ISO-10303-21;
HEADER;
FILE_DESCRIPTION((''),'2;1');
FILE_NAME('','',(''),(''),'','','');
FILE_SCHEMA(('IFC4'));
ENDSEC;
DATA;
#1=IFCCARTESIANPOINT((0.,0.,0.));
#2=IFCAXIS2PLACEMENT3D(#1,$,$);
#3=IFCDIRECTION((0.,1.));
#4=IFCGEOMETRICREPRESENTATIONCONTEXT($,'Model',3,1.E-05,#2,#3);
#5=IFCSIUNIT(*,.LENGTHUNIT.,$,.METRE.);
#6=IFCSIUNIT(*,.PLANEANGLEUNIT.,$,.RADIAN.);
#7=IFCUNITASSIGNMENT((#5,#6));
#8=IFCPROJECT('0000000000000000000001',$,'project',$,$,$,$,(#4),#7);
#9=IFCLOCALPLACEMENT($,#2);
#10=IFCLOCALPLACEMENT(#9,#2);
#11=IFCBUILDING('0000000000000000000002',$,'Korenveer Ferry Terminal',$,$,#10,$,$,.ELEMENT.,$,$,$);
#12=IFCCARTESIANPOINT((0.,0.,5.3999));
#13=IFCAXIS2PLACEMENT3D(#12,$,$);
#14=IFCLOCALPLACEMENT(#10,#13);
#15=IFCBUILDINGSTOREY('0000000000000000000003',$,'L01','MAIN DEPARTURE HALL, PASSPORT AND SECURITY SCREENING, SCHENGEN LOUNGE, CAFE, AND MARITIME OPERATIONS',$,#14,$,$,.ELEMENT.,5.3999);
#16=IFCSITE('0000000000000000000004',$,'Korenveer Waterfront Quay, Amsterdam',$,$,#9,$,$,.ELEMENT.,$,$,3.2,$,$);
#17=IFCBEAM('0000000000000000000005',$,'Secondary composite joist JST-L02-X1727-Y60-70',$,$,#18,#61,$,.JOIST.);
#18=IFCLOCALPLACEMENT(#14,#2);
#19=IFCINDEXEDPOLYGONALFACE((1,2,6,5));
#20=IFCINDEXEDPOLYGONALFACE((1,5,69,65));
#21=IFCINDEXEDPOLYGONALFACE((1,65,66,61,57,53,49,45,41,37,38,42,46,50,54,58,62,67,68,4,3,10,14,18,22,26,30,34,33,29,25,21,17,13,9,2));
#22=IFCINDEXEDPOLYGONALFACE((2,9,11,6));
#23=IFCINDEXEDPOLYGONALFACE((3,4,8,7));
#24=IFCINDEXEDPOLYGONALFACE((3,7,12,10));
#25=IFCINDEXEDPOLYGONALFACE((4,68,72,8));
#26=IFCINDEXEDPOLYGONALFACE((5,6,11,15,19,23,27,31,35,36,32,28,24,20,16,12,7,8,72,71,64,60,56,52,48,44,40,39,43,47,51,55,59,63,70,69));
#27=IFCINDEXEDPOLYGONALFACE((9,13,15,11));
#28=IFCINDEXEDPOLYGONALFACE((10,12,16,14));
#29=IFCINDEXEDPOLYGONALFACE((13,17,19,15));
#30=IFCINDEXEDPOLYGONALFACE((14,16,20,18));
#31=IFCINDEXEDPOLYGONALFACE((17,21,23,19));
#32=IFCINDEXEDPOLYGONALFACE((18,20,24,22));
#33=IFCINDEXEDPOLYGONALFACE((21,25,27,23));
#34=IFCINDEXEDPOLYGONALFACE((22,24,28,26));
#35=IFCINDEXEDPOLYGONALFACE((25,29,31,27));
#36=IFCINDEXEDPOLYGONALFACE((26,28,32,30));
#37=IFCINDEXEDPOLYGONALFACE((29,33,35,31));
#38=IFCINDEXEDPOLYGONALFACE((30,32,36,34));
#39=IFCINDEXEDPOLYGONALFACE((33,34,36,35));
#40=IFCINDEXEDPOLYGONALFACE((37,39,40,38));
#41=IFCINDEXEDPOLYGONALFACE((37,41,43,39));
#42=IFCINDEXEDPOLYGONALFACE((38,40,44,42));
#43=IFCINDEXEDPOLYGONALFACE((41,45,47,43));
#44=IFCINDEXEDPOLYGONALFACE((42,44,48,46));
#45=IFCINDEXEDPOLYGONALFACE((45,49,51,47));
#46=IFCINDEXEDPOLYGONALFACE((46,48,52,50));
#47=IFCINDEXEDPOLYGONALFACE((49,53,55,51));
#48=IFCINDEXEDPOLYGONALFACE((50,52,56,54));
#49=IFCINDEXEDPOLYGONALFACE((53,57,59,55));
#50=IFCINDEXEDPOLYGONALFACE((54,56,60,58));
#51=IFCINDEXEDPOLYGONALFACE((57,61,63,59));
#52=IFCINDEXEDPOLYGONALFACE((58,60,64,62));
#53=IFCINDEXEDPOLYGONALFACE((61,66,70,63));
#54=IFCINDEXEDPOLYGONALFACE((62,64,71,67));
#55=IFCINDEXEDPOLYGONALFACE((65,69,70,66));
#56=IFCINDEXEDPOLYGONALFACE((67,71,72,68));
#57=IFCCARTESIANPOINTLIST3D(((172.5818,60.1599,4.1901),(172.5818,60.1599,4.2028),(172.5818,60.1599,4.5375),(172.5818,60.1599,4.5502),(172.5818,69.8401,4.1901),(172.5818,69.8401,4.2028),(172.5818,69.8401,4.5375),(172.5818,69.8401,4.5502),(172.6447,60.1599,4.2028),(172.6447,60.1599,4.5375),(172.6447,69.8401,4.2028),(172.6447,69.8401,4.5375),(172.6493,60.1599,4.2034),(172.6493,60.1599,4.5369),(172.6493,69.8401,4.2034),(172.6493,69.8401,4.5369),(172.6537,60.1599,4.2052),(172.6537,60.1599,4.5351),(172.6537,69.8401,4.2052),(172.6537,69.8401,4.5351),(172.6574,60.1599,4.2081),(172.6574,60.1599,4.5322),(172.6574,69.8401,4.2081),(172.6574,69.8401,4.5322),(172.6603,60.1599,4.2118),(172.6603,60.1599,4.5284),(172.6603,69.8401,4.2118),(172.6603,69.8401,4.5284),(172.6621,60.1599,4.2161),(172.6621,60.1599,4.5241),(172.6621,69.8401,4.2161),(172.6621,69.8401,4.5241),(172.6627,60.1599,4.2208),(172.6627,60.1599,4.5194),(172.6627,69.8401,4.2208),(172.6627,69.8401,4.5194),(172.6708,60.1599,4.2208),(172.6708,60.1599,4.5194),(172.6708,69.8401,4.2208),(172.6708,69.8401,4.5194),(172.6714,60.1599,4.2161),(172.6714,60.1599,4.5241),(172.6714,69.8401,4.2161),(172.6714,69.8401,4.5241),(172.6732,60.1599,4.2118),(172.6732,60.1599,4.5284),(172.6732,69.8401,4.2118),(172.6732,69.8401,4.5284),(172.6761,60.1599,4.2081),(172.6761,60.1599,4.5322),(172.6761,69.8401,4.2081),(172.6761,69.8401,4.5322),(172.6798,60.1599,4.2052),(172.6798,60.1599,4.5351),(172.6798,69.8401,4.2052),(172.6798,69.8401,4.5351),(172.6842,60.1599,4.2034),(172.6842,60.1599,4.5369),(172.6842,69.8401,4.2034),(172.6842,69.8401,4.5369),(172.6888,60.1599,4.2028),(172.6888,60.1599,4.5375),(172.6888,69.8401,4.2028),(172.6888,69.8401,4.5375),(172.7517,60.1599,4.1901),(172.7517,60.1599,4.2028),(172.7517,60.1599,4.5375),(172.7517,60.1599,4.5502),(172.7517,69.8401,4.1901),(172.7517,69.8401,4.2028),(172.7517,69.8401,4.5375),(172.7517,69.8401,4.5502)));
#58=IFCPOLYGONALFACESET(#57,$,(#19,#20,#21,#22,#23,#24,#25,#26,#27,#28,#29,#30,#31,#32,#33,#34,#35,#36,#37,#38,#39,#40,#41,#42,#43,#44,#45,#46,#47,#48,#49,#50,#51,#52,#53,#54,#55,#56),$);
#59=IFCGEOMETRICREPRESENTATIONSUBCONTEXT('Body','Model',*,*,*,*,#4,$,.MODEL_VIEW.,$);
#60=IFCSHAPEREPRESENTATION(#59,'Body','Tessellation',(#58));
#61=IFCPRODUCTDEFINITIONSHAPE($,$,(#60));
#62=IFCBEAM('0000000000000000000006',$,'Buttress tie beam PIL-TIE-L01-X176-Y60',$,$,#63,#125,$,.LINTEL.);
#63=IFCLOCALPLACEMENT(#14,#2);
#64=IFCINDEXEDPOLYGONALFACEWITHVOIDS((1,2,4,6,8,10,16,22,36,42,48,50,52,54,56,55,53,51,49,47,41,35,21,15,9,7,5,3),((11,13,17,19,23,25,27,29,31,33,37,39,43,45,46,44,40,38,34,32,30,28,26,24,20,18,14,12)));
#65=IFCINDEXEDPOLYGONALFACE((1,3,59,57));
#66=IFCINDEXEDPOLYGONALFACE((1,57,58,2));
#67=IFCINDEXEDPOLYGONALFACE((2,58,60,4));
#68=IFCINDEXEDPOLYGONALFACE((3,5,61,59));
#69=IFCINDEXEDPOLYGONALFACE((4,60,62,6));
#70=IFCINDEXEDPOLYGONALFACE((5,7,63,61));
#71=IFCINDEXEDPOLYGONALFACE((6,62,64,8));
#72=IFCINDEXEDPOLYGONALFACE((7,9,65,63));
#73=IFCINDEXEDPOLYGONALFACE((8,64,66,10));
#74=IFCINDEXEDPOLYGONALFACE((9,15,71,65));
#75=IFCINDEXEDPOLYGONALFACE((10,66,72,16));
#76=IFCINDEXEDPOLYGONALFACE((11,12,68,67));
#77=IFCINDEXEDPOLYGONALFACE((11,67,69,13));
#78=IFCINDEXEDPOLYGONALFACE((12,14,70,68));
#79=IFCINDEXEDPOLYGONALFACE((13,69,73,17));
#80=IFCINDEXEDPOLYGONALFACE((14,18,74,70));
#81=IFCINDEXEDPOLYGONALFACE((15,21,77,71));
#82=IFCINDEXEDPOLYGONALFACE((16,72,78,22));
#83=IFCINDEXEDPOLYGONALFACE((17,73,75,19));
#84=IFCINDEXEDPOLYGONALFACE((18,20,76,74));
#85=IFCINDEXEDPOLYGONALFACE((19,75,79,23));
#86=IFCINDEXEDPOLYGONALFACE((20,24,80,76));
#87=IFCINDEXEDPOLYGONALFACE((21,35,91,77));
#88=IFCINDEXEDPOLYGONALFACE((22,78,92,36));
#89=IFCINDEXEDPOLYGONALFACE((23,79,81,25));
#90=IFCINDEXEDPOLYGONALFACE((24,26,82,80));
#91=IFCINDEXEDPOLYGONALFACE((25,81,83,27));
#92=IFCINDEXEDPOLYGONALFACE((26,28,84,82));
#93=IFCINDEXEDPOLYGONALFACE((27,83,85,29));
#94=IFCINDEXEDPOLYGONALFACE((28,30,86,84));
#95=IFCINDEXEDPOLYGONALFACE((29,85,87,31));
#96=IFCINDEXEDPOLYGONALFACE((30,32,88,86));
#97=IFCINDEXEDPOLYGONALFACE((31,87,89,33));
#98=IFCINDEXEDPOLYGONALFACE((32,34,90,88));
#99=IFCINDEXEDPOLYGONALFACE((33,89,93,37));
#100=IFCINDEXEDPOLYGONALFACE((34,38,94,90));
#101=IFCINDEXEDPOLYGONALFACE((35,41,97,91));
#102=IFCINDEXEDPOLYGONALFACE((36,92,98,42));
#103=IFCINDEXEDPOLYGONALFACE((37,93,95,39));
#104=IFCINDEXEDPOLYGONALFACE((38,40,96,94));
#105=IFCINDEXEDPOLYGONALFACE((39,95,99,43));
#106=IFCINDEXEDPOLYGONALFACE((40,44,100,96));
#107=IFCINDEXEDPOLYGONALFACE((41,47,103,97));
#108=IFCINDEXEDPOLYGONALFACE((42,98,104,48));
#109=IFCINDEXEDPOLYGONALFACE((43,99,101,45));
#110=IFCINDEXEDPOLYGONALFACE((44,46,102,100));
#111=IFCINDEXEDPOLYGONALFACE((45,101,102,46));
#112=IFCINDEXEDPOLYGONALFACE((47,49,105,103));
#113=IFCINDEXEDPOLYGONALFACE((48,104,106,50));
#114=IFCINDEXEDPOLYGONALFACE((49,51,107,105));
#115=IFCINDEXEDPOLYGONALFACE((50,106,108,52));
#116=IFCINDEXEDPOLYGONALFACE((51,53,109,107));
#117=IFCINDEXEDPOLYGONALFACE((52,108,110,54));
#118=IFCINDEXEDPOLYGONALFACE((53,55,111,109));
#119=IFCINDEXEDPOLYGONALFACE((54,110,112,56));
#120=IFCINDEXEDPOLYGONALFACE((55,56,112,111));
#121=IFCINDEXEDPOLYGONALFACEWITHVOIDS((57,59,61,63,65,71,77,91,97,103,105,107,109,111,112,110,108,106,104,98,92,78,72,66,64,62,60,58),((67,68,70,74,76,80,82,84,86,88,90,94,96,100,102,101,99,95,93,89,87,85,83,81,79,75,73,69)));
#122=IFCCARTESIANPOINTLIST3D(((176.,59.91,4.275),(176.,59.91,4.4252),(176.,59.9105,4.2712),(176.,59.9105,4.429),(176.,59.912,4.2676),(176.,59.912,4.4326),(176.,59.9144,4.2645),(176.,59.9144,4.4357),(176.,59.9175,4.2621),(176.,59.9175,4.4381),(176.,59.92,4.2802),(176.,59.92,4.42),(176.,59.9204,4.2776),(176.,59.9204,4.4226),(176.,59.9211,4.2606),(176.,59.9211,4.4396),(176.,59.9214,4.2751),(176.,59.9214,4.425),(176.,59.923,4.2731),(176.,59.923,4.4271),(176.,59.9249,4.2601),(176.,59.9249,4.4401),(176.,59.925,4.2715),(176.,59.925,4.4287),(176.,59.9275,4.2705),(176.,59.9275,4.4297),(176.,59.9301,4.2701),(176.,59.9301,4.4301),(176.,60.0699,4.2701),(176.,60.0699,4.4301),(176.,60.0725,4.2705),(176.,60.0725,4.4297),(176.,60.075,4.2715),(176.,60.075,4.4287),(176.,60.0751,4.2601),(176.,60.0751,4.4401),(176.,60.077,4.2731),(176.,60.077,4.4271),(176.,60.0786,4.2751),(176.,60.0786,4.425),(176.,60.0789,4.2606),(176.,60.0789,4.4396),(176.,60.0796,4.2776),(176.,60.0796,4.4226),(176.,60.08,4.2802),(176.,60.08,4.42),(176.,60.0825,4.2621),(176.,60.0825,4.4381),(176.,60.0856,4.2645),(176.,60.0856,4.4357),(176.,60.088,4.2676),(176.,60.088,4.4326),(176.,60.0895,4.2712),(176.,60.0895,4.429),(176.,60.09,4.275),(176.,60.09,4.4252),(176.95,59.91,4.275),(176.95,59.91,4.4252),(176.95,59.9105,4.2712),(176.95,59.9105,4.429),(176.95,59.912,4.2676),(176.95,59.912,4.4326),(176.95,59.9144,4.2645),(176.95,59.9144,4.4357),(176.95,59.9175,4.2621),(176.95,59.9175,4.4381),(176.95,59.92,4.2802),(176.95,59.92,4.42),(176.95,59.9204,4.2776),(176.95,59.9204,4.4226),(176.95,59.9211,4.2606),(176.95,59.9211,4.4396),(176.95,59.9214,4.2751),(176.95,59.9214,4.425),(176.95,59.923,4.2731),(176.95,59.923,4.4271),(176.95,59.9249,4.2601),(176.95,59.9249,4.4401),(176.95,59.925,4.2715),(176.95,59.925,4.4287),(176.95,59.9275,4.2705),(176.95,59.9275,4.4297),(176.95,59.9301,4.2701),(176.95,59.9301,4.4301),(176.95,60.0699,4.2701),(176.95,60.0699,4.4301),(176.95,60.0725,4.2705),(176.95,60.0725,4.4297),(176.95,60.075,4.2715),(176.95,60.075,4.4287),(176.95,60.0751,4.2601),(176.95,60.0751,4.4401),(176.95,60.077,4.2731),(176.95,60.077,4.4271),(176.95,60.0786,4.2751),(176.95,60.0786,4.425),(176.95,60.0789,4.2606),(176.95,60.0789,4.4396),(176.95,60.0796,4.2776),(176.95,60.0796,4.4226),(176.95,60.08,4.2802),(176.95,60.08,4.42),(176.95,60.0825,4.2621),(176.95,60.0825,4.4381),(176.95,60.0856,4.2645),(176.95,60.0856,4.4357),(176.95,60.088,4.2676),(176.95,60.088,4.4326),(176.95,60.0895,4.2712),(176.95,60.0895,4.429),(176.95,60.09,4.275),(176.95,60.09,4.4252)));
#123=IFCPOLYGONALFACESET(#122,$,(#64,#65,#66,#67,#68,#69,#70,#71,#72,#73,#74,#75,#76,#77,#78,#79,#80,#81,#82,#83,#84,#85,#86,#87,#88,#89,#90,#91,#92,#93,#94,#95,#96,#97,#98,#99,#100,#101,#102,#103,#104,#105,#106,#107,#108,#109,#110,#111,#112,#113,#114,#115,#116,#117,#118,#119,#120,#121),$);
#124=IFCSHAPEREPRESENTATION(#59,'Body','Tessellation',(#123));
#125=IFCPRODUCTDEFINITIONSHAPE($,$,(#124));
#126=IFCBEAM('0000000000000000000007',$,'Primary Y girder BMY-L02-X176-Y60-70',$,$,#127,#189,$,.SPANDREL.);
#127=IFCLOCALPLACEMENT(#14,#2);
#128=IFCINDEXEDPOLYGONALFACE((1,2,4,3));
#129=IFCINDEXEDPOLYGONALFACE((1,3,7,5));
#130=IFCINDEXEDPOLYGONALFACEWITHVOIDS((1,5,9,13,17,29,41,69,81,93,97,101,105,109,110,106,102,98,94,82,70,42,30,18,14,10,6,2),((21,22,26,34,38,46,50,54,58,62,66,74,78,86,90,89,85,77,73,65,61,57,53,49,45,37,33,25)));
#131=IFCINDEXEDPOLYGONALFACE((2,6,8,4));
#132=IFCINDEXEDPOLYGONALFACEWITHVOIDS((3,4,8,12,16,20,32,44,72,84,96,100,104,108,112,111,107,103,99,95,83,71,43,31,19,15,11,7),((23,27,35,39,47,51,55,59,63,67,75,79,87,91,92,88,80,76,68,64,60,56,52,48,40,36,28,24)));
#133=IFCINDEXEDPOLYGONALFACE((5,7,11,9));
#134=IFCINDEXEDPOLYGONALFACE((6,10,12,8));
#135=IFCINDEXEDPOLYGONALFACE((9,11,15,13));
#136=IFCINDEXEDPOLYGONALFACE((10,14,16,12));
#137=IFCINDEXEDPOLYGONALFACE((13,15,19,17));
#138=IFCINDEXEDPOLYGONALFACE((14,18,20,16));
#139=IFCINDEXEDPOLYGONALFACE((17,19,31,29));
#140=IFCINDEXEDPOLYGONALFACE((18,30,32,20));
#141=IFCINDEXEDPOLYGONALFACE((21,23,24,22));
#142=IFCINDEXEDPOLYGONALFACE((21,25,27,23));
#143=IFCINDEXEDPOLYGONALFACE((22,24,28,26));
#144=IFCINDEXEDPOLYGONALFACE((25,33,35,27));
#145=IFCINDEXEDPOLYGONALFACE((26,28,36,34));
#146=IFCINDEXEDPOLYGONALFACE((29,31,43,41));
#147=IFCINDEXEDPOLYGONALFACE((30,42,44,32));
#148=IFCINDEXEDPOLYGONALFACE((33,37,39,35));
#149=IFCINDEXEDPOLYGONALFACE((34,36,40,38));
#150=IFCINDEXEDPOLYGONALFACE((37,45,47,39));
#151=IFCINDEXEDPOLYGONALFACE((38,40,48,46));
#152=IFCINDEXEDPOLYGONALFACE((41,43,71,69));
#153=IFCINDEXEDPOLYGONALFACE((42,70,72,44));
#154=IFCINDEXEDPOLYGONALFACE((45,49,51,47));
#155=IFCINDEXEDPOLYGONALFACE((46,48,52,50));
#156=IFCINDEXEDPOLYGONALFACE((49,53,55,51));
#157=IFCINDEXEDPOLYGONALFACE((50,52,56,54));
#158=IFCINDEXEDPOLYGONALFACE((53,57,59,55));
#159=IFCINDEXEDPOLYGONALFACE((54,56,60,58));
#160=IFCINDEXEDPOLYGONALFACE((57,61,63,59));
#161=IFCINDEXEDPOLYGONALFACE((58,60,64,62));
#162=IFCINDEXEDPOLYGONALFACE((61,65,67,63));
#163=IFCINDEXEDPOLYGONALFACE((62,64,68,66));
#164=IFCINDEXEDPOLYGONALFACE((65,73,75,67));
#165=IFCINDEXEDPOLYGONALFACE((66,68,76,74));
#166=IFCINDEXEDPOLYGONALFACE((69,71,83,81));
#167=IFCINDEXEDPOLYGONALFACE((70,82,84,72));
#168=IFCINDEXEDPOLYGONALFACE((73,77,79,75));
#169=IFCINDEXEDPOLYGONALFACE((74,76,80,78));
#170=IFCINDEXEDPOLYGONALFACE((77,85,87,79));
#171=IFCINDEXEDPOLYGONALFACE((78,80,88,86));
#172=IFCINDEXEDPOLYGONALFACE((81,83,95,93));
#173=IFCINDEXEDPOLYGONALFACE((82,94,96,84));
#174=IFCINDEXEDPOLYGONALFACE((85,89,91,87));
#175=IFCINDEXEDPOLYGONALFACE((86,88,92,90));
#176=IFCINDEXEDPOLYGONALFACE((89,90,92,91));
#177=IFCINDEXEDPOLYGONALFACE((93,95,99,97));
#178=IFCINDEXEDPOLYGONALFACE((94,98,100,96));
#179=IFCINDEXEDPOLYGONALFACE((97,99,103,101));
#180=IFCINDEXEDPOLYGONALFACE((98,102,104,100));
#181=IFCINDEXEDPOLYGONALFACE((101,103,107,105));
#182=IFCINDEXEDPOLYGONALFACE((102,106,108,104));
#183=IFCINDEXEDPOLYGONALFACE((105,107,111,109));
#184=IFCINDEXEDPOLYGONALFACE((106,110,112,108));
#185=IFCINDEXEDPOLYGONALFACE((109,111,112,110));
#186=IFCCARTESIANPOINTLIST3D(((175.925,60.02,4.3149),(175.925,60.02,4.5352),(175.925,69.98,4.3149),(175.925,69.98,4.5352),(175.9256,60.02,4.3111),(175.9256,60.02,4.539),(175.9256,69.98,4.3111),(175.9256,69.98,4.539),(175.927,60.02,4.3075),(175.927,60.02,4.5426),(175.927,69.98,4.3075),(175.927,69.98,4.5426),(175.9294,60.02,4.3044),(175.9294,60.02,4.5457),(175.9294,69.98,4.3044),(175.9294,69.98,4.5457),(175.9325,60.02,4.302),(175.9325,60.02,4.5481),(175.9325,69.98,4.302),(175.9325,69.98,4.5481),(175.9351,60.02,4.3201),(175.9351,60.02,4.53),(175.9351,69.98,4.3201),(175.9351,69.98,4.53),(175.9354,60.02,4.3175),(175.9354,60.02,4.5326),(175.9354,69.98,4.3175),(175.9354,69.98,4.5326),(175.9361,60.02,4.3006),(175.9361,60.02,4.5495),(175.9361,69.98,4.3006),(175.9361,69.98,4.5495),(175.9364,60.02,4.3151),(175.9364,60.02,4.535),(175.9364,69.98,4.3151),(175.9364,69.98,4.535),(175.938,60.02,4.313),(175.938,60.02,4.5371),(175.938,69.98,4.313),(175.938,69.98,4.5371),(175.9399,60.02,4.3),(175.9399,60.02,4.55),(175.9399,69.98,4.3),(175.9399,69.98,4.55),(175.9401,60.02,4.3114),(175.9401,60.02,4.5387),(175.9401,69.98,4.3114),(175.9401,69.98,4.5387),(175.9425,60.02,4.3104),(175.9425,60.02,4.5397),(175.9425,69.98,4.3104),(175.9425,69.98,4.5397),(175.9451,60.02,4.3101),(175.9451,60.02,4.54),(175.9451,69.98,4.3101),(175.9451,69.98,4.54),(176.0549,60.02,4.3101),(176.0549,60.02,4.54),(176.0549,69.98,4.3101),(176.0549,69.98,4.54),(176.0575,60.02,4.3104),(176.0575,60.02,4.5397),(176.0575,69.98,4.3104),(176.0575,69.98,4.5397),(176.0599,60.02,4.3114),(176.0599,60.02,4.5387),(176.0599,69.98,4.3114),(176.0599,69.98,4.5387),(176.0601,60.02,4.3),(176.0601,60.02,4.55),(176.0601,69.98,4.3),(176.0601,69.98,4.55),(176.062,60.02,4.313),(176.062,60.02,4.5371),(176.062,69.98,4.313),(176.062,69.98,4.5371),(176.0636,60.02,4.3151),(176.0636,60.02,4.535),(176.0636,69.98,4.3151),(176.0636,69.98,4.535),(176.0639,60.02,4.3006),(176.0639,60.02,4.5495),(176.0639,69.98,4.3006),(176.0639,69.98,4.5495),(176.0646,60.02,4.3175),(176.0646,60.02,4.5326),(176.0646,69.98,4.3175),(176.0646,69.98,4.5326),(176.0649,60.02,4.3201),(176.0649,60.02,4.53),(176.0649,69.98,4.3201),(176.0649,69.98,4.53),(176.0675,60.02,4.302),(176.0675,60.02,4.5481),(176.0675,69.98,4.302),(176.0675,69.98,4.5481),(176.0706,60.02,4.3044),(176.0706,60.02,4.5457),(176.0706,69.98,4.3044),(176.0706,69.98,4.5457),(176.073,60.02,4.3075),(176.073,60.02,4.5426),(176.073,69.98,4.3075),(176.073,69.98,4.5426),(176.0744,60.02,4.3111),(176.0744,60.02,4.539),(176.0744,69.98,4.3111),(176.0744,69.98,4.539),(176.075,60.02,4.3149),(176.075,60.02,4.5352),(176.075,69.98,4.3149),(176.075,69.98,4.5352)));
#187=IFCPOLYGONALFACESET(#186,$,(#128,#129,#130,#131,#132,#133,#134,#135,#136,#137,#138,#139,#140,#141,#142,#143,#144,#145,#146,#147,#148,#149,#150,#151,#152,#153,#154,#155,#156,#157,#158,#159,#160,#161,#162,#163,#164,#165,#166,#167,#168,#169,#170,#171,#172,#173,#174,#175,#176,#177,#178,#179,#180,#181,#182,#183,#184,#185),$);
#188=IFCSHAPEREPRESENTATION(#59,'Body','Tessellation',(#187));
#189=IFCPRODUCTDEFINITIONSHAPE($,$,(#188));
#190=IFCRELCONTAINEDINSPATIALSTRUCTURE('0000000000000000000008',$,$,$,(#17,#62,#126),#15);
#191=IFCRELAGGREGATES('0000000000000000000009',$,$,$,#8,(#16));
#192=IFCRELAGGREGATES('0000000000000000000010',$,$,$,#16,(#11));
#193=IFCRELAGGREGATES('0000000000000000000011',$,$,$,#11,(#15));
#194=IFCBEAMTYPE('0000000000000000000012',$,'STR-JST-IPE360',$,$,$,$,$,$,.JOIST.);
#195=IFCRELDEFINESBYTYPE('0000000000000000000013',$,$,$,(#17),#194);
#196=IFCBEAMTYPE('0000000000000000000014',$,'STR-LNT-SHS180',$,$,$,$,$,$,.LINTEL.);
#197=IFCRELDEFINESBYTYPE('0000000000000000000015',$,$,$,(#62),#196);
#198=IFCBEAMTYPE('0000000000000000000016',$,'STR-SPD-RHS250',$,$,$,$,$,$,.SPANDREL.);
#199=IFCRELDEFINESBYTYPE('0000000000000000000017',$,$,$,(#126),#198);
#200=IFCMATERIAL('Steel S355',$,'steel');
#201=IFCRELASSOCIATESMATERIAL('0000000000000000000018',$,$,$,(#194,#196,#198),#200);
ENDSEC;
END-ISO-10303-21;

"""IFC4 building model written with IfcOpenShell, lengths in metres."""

from ifc_helpers import new_model, si_unit, direction, frame, origin, origin_2d, place, context, subcontext, project, spatial, hollow_rectangle, i_section, extrude, material, material_profile, profile_set, type_object, element, save


model = new_model("IFC4")

# Units and contexts
model_context = context("Model", 3, precision=1e-05, world=origin(), true_north=direction((0.0, 1.0)))
body_context = subcontext(model_context, "Body", "Model", "MODEL_VIEW")
ifc_project = project(units=[si_unit("LENGTHUNIT", "METRE"), si_unit("PLANEANGLEUNIT", "RADIAN")], contexts=[model_context])

# Site, building, storey
site_placement = place(None, origin())
site = spatial("IfcSite", under=ifc_project, at=site_placement, Name="Korenveer Waterfront Quay, Amsterdam", CompositionType="ELEMENT", RefElevation=3.2)
building_placement = place(site_placement, origin())
building = spatial("IfcBuilding", under=site, at=building_placement, Name="Korenveer Ferry Terminal", CompositionType="ELEMENT")
storey_placement = place(building_placement, frame((0.0, 0.0, 5.3999)))
storey = spatial("IfcBuildingStorey", under=building, at=storey_placement, Name="L01", Description="MAIN DEPARTURE HALL, PASSPORT AND SECURITY SCREENING, SCHENGEN LOUNGE, CAFE, AND MARITIME OPERATIONS", CompositionType="ELEMENT", Elevation=5.3999)

# Beams
ifc_material_1 = material(Name="Steel S355", Category="steel")
ifc_material_profile_1 = material_profile(ifc_material_1, i_section(OverallWidth=0.1699, OverallDepth=0.3601, WebThickness=0.0081, FlangeThickness=0.0127, FilletRadius=0.0181, at=origin_2d()), Name="IPE 360")
ifc_profile_set_1 = profile_set([ifc_material_profile_1], Name="Steel S355")
beam_type_1 = type_object("IfcBeamType", Name="STR-JST-IPE360", PredefinedType="JOIST", material=ifc_profile_set_1)
for number, where, z_axis, x_axis, name in (
    (1, (172.6667, 60.1599, 4.3701), (0.0, 1.0, 0.0), (-1.0, 0.0, 0.0), "Secondary composite joist JST-L02-X1727-Y60-70"),
):
    element("IfcBeam", number, at=place(storey_placement, frame(where, z_axis=z_axis, x_axis=x_axis)), inside=storey, type_object=beam_type_1, Name=name, PredefinedType="JOIST", context=body_context, shape_type="SweptSolid", body=[
        extrude(i_section(OverallWidth=0.1699, OverallDepth=0.3601, WebThickness=0.0081, FlangeThickness=0.0127, FilletRadius=0.0181, at=origin_2d()), origin(), (0.0, 0.0, 1.0), 9.6802),
    ])
ifc_material_profile_2 = material_profile(ifc_material_1, hollow_rectangle(XDim=0.1799, YDim=0.1799, WallThickness=0.01, InnerFilletRadius=0.01, OuterFilletRadius=0.0149, at=origin_2d()), Name="SHS 180x180x10")
ifc_profile_set_2 = profile_set([ifc_material_profile_2], Name="Steel S355")
beam_type_2 = type_object("IfcBeamType", Name="STR-LNT-SHS180", PredefinedType="LINTEL", material=ifc_profile_set_2)
beam_1_placement = place(storey_placement, frame((176.0, 60.0, 4.3501), z_axis=(1.0, 0.0, 0.0), x_axis=(0.0, 1.0, 0.0)))
element("IfcBeam", 2, at=beam_1_placement, inside=storey, type_object=beam_type_2, Name="Buttress tie beam PIL-TIE-L01-X176-Y60", PredefinedType="LINTEL", context=body_context, shape_type="SweptSolid", body=[
    extrude(hollow_rectangle(XDim=0.1799, YDim=0.1799, WallThickness=0.01, InnerFilletRadius=0.01, OuterFilletRadius=0.0149, at=origin_2d()), origin(), (0.0, 0.0, 1.0), 0.95),
])
ifc_material_profile_3 = material_profile(ifc_material_1, hollow_rectangle(XDim=0.1499, YDim=0.25, WallThickness=0.01, InnerFilletRadius=0.01, OuterFilletRadius=0.0149, at=origin_2d()), Name="RHS 250x150x10")
ifc_profile_set_3 = profile_set([ifc_material_profile_3], Name="Steel S355")
beam_type_3 = type_object("IfcBeamType", Name="STR-SPD-RHS250", PredefinedType="SPANDREL", material=ifc_profile_set_3)
beam_2_placement = place(storey_placement, frame((176.0, 60.02, 4.425), z_axis=(0.0, 1.0, 0.0), x_axis=(-1.0, 0.0, 0.0)))
element("IfcBeam", 3, at=beam_2_placement, inside=storey, type_object=beam_type_3, Name="Primary Y girder BMY-L02-X176-Y60-70", PredefinedType="SPANDREL", context=body_context, shape_type="SweptSolid", body=[
    extrude(hollow_rectangle(XDim=0.1499, YDim=0.25, WallThickness=0.01, InnerFilletRadius=0.01, OuterFilletRadius=0.0149, at=origin_2d()), origin(), (0.0, 0.0, 1.0), 9.96),
])

save(model, "model.ifc")
